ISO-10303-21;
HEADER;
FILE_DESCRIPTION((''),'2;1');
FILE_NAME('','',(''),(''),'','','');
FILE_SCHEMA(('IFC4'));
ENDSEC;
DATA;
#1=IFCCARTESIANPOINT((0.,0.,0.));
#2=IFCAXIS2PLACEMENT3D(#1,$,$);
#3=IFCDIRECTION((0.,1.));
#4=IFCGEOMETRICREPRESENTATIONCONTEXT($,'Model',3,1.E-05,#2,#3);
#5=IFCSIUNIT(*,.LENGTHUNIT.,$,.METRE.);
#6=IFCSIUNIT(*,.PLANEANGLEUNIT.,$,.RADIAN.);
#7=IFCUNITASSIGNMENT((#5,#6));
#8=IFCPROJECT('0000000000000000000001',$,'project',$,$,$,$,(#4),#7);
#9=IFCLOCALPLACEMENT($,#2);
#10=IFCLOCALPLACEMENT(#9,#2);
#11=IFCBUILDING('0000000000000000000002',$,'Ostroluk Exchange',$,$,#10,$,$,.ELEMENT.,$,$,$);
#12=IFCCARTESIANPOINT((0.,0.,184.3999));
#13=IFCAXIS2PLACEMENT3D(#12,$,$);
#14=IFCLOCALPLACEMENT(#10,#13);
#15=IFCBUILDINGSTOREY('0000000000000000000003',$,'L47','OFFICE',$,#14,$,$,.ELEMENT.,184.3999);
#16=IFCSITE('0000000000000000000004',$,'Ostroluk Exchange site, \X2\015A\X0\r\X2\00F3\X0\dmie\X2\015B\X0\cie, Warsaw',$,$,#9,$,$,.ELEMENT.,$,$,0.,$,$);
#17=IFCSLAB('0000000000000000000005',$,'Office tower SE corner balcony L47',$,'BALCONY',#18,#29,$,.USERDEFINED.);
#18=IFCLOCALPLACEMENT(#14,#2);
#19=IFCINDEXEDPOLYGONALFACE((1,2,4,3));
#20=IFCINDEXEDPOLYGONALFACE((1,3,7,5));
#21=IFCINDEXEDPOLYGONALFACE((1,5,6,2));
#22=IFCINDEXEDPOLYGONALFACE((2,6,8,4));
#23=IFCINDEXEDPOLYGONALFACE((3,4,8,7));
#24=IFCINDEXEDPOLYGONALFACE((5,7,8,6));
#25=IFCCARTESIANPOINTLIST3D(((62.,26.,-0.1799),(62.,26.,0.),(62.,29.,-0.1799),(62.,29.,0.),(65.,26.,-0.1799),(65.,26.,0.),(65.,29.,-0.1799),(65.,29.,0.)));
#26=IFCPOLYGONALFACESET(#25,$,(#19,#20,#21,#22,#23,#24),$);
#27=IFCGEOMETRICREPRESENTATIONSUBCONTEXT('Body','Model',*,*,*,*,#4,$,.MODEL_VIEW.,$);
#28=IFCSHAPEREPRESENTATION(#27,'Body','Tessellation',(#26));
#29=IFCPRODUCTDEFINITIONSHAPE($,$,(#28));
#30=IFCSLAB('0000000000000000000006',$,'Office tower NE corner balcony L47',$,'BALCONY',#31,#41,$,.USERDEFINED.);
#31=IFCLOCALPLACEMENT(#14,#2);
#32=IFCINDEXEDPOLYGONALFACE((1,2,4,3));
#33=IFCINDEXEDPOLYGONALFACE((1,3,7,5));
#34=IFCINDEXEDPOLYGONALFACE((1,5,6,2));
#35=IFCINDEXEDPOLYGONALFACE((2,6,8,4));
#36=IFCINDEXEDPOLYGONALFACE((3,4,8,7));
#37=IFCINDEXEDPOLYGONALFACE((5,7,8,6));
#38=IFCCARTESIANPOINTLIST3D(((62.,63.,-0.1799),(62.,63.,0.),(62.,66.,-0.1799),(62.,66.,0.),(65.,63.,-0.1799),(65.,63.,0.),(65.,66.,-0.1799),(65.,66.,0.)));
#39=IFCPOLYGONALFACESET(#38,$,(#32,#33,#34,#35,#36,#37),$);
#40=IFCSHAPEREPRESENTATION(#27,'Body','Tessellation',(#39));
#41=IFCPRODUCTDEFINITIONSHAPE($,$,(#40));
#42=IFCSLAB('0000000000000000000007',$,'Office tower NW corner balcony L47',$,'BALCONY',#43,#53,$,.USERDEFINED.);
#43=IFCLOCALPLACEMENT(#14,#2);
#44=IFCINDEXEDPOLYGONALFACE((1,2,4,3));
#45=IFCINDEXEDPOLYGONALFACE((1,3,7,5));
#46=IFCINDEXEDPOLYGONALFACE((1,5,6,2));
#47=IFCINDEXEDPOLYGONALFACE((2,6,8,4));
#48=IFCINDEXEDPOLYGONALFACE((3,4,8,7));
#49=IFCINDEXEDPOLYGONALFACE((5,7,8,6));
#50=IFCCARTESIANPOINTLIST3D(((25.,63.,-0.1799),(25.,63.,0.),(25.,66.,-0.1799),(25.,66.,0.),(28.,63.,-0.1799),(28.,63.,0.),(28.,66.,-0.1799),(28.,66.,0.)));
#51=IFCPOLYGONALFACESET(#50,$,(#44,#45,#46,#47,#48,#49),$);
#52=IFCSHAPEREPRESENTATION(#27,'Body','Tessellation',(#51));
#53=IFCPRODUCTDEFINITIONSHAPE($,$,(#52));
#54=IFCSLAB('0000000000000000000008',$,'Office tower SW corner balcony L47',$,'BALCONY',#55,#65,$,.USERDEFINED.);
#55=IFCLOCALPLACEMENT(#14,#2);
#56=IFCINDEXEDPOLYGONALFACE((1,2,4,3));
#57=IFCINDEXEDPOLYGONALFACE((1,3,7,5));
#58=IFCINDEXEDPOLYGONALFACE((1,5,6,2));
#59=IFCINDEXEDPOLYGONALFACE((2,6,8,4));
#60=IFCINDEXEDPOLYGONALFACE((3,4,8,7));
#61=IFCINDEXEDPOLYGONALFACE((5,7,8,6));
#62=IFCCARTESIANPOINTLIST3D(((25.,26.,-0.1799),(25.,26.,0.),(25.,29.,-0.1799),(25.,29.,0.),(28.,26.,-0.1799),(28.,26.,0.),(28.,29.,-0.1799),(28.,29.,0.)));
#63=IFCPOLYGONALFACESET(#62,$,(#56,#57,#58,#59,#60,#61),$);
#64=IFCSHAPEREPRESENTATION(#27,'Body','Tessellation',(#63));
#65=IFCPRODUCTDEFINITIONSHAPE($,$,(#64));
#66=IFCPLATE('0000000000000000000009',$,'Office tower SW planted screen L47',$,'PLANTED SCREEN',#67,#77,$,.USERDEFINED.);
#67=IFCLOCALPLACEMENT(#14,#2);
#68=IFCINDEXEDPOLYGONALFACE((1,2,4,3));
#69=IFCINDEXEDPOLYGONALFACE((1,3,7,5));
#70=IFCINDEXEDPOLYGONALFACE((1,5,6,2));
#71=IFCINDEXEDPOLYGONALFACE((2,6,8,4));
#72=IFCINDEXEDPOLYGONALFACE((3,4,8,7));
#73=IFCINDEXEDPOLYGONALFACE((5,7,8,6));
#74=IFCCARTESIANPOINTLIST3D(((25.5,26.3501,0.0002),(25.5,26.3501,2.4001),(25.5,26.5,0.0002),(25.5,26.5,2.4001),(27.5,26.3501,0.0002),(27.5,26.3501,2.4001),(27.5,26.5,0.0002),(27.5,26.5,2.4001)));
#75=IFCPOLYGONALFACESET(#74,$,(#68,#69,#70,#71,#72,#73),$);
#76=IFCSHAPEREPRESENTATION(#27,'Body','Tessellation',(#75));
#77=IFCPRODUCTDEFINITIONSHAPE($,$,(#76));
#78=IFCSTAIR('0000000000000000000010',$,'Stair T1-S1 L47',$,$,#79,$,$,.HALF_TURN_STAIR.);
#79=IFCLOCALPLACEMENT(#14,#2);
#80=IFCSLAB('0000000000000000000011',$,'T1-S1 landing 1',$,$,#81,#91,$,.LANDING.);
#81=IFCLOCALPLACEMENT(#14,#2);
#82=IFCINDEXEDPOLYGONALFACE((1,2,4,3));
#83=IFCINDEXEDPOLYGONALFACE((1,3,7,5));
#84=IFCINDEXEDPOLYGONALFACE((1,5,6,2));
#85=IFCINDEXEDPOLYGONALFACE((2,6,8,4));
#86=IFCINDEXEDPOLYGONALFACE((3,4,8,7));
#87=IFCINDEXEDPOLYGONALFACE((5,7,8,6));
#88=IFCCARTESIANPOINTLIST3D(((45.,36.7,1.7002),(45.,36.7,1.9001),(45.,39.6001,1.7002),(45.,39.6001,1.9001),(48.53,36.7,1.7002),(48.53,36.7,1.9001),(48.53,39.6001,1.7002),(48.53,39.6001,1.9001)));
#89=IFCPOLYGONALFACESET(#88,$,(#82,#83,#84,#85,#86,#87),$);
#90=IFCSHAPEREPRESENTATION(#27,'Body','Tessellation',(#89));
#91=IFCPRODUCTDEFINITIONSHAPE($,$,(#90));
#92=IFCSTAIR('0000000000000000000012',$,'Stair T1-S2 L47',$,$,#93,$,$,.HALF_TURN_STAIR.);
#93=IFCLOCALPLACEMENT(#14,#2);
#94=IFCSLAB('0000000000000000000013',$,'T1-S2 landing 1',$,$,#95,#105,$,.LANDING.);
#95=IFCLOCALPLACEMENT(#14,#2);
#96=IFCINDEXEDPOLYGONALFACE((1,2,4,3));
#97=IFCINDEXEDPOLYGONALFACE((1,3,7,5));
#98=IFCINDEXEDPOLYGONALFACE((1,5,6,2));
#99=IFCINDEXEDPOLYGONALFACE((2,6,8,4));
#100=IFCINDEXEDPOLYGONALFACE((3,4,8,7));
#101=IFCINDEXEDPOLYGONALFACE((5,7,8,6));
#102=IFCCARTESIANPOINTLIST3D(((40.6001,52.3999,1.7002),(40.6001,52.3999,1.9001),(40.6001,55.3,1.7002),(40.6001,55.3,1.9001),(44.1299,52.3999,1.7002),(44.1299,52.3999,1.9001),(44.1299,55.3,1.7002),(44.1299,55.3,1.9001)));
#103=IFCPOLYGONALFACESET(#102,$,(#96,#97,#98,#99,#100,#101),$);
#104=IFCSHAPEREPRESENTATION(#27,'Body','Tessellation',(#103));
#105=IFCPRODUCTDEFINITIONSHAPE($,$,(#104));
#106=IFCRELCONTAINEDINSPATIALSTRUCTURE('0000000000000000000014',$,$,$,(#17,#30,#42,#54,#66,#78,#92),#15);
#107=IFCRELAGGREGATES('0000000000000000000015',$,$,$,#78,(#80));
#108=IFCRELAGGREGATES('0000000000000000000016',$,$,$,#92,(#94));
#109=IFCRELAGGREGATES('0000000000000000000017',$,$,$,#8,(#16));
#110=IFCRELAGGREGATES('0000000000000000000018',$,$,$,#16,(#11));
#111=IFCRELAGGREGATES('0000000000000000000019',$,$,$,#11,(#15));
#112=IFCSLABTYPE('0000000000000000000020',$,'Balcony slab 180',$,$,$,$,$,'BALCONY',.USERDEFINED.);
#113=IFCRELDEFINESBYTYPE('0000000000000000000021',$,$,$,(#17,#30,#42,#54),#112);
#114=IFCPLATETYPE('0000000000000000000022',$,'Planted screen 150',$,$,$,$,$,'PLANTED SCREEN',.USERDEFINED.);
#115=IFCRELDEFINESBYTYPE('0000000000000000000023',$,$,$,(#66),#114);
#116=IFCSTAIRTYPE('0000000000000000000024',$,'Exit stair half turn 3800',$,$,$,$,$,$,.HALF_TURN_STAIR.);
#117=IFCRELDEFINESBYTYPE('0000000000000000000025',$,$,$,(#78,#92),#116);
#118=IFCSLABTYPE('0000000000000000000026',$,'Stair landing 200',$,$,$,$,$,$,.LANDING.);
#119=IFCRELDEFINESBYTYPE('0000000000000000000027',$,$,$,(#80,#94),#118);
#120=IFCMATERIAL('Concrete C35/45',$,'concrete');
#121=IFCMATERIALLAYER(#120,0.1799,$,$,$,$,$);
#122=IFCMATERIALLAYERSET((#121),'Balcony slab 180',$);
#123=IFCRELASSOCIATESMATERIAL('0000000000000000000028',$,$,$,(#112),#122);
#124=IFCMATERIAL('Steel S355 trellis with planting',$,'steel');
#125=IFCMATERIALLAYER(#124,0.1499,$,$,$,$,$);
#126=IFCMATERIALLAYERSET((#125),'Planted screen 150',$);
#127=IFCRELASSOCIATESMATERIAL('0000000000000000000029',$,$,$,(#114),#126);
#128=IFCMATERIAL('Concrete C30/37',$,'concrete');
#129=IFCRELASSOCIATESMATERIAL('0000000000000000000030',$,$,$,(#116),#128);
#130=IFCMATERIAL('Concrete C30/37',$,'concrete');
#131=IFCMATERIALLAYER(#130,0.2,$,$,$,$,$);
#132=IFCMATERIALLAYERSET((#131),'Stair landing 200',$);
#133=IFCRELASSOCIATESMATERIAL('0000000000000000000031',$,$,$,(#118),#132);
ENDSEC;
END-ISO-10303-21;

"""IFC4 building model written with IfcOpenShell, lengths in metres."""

from ifc_helpers import new_model, si_unit, direction, frame, origin, origin_2d, place, context, subcontext, project, spatial, polyline, rectangle, outline, extrude, material, layer, layer_set, type_object, element, aggregate, save


model = new_model("IFC4")

# Units and contexts
model_context = context("Model", 3, precision=1e-05, world=origin(), true_north=direction((0.0, 1.0)))
body_context = subcontext(model_context, "Body", "Model", "MODEL_VIEW")
ifc_project = project(units=[si_unit("LENGTHUNIT", "METRE"), si_unit("PLANEANGLEUNIT", "RADIAN")], contexts=[model_context])

# Site, building, storey
site_placement = place(None, origin())
site = spatial("IfcSite", under=ifc_project, at=site_placement, Name="Ostroluk Exchange site, Śródmieście, Warsaw", CompositionType="ELEMENT", RefElevation=0.0)
building_placement = place(site_placement, origin())
building = spatial("IfcBuilding", under=site, at=building_placement, Name="Ostroluk Exchange", CompositionType="ELEMENT")
storey_placement = place(building_placement, frame((0.0, 0.0, 184.3999)))
storey = spatial("IfcBuildingStorey", under=building, at=storey_placement, Name="L47", Description="OFFICE", CompositionType="ELEMENT", Elevation=184.3999)

# Slabs
ifc_material_1 = material(Name="Concrete C35/45", Category="concrete")
ifc_layer_1 = layer(ifc_material_1, 0.1799)
ifc_layer_set_1 = layer_set([ifc_layer_1], Name="Balcony slab 180")
slab_type_1 = type_object("IfcSlabType", Name="Balcony slab 180", ElementType="BALCONY", PredefinedType="USERDEFINED", material=ifc_layer_set_1)
slab_1_placement = place(storey_placement, frame((0.0, 0.0, -0.1799)))
element("IfcSlab", 1, at=slab_1_placement, inside=storey, type_object=slab_type_1, Name="Office tower SE corner balcony L47", ObjectType="BALCONY", PredefinedType="USERDEFINED", context=body_context, shape_type="SweptSolid", body=[
    extrude(outline(polyline([(62.0, 26.0), (65.0, 26.0), (65.0, 29.0), (62.0, 29.0), (62.0, 26.0)])), origin(), (0.0, 0.0, 1.0), 0.1799),
])
slab_2_placement = place(storey_placement, frame((0.0, 0.0, -0.1799)))
element("IfcSlab", 2, at=slab_2_placement, inside=storey, type_object=slab_type_1, Name="Office tower NE corner balcony L47", ObjectType="BALCONY", PredefinedType="USERDEFINED", context=body_context, shape_type="SweptSolid", body=[
    extrude(outline(polyline([(62.0, 63.0), (65.0, 63.0), (65.0, 66.0), (62.0, 66.0), (62.0, 63.0)])), origin(), (0.0, 0.0, 1.0), 0.1799),
])
slab_3_placement = place(storey_placement, frame((0.0, 0.0, -0.1799)))
element("IfcSlab", 3, at=slab_3_placement, inside=storey, type_object=slab_type_1, Name="Office tower NW corner balcony L47", ObjectType="BALCONY", PredefinedType="USERDEFINED", context=body_context, shape_type="SweptSolid", body=[
    extrude(outline(polyline([(25.0, 63.0), (28.0, 63.0), (28.0, 66.0), (25.0, 66.0), (25.0, 63.0)])), origin(), (0.0, 0.0, 1.0), 0.1799),
])
slab_4_placement = place(storey_placement, frame((0.0, 0.0, -0.1799)))
element("IfcSlab", 4, at=slab_4_placement, inside=storey, type_object=slab_type_1, Name="Office tower SW corner balcony L47", ObjectType="BALCONY", PredefinedType="USERDEFINED", context=body_context, shape_type="SweptSolid", body=[
    extrude(outline(polyline([(25.0, 26.0), (28.0, 26.0), (28.0, 29.0), (25.0, 29.0), (25.0, 26.0)])), origin(), (0.0, 0.0, 1.0), 0.1799),
])

# Plate
ifc_material_2 = material(Name="Steel S355 trellis with planting", Category="steel")
ifc_layer_2 = layer(ifc_material_2, 0.1499)
ifc_layer_set_2 = layer_set([ifc_layer_2], Name="Planted screen 150")
plate_type_1 = type_object("IfcPlateType", Name="Planted screen 150", ElementType="PLANTED SCREEN", PredefinedType="USERDEFINED", material=ifc_layer_set_2)
plate_1_placement = place(storey_placement, frame((26.5, 26.425, 0.0002), z_axis=(0.0, 0.0, 1.0), x_axis=(1.0, 0.0, 0.0)))
element("IfcPlate", 5, at=plate_1_placement, inside=storey, type_object=plate_type_1, Name="Office tower SW planted screen L47", ObjectType="PLANTED SCREEN", PredefinedType="USERDEFINED", context=body_context, shape_type="SweptSolid", body=[
    extrude(rectangle(XDim=2.0, YDim=0.1499, at=origin_2d()), origin(), (0.0, 0.0, 1.0), 2.3999),
])

# Stairs, slabs
ifc_material_3 = material(Name="Concrete C30/37", Category="concrete")
stair_type = type_object("IfcStairType", Name="Exit stair half turn 3800", PredefinedType="HALF_TURN_STAIR", material=ifc_material_3)
stair_1_placement = place(storey_placement, origin())
stair_1 = element("IfcStair", 6, at=stair_1_placement, inside=storey, type_object=stair_type, Name="Stair T1-S1 L47", PredefinedType="HALF_TURN_STAIR")
ifc_material_4 = material(Name="Concrete C30/37", Category="concrete")
ifc_layer_3 = layer(ifc_material_4, 0.2)
ifc_layer_set_3 = layer_set([ifc_layer_3], Name="Stair landing 200")
slab_type_2 = type_object("IfcSlabType", Name="Stair landing 200", PredefinedType="LANDING", material=ifc_layer_set_3)
slab_5_placement = place(storey_placement, frame((0.0, 0.0, 1.7002)))
slab_5 = element("IfcSlab", 7, at=slab_5_placement, type_object=slab_type_2, Name="T1-S1 landing 1", PredefinedType="LANDING", context=body_context, shape_type="SweptSolid", body=[
    extrude(outline(polyline([(45.0, 36.7), (45.0, 39.6001), (48.53, 39.6001), (48.53, 36.7), (45.0, 36.7)])), origin(), (0.0, 0.0, 1.0), 0.2),
])
aggregate(stair_1, [slab_5])
stair_2_placement = place(storey_placement, origin())
stair_2 = element("IfcStair", 8, at=stair_2_placement, inside=storey, type_object=stair_type, Name="Stair T1-S2 L47", PredefinedType="HALF_TURN_STAIR")
slab_6_placement = place(storey_placement, frame((0.0, 0.0, 1.7002)))
slab_6 = element("IfcSlab", 9, at=slab_6_placement, type_object=slab_type_2, Name="T1-S2 landing 1", PredefinedType="LANDING", context=body_context, shape_type="SweptSolid", body=[
    extrude(outline(polyline([(44.1299, 52.3999), (44.1299, 55.3), (40.6001, 55.3), (40.6001, 52.3999), (44.1299, 52.3999)])), origin(), (0.0, 0.0, 1.0), 0.2),
])
aggregate(stair_2, [slab_6])

save(model, "model.ifc")
